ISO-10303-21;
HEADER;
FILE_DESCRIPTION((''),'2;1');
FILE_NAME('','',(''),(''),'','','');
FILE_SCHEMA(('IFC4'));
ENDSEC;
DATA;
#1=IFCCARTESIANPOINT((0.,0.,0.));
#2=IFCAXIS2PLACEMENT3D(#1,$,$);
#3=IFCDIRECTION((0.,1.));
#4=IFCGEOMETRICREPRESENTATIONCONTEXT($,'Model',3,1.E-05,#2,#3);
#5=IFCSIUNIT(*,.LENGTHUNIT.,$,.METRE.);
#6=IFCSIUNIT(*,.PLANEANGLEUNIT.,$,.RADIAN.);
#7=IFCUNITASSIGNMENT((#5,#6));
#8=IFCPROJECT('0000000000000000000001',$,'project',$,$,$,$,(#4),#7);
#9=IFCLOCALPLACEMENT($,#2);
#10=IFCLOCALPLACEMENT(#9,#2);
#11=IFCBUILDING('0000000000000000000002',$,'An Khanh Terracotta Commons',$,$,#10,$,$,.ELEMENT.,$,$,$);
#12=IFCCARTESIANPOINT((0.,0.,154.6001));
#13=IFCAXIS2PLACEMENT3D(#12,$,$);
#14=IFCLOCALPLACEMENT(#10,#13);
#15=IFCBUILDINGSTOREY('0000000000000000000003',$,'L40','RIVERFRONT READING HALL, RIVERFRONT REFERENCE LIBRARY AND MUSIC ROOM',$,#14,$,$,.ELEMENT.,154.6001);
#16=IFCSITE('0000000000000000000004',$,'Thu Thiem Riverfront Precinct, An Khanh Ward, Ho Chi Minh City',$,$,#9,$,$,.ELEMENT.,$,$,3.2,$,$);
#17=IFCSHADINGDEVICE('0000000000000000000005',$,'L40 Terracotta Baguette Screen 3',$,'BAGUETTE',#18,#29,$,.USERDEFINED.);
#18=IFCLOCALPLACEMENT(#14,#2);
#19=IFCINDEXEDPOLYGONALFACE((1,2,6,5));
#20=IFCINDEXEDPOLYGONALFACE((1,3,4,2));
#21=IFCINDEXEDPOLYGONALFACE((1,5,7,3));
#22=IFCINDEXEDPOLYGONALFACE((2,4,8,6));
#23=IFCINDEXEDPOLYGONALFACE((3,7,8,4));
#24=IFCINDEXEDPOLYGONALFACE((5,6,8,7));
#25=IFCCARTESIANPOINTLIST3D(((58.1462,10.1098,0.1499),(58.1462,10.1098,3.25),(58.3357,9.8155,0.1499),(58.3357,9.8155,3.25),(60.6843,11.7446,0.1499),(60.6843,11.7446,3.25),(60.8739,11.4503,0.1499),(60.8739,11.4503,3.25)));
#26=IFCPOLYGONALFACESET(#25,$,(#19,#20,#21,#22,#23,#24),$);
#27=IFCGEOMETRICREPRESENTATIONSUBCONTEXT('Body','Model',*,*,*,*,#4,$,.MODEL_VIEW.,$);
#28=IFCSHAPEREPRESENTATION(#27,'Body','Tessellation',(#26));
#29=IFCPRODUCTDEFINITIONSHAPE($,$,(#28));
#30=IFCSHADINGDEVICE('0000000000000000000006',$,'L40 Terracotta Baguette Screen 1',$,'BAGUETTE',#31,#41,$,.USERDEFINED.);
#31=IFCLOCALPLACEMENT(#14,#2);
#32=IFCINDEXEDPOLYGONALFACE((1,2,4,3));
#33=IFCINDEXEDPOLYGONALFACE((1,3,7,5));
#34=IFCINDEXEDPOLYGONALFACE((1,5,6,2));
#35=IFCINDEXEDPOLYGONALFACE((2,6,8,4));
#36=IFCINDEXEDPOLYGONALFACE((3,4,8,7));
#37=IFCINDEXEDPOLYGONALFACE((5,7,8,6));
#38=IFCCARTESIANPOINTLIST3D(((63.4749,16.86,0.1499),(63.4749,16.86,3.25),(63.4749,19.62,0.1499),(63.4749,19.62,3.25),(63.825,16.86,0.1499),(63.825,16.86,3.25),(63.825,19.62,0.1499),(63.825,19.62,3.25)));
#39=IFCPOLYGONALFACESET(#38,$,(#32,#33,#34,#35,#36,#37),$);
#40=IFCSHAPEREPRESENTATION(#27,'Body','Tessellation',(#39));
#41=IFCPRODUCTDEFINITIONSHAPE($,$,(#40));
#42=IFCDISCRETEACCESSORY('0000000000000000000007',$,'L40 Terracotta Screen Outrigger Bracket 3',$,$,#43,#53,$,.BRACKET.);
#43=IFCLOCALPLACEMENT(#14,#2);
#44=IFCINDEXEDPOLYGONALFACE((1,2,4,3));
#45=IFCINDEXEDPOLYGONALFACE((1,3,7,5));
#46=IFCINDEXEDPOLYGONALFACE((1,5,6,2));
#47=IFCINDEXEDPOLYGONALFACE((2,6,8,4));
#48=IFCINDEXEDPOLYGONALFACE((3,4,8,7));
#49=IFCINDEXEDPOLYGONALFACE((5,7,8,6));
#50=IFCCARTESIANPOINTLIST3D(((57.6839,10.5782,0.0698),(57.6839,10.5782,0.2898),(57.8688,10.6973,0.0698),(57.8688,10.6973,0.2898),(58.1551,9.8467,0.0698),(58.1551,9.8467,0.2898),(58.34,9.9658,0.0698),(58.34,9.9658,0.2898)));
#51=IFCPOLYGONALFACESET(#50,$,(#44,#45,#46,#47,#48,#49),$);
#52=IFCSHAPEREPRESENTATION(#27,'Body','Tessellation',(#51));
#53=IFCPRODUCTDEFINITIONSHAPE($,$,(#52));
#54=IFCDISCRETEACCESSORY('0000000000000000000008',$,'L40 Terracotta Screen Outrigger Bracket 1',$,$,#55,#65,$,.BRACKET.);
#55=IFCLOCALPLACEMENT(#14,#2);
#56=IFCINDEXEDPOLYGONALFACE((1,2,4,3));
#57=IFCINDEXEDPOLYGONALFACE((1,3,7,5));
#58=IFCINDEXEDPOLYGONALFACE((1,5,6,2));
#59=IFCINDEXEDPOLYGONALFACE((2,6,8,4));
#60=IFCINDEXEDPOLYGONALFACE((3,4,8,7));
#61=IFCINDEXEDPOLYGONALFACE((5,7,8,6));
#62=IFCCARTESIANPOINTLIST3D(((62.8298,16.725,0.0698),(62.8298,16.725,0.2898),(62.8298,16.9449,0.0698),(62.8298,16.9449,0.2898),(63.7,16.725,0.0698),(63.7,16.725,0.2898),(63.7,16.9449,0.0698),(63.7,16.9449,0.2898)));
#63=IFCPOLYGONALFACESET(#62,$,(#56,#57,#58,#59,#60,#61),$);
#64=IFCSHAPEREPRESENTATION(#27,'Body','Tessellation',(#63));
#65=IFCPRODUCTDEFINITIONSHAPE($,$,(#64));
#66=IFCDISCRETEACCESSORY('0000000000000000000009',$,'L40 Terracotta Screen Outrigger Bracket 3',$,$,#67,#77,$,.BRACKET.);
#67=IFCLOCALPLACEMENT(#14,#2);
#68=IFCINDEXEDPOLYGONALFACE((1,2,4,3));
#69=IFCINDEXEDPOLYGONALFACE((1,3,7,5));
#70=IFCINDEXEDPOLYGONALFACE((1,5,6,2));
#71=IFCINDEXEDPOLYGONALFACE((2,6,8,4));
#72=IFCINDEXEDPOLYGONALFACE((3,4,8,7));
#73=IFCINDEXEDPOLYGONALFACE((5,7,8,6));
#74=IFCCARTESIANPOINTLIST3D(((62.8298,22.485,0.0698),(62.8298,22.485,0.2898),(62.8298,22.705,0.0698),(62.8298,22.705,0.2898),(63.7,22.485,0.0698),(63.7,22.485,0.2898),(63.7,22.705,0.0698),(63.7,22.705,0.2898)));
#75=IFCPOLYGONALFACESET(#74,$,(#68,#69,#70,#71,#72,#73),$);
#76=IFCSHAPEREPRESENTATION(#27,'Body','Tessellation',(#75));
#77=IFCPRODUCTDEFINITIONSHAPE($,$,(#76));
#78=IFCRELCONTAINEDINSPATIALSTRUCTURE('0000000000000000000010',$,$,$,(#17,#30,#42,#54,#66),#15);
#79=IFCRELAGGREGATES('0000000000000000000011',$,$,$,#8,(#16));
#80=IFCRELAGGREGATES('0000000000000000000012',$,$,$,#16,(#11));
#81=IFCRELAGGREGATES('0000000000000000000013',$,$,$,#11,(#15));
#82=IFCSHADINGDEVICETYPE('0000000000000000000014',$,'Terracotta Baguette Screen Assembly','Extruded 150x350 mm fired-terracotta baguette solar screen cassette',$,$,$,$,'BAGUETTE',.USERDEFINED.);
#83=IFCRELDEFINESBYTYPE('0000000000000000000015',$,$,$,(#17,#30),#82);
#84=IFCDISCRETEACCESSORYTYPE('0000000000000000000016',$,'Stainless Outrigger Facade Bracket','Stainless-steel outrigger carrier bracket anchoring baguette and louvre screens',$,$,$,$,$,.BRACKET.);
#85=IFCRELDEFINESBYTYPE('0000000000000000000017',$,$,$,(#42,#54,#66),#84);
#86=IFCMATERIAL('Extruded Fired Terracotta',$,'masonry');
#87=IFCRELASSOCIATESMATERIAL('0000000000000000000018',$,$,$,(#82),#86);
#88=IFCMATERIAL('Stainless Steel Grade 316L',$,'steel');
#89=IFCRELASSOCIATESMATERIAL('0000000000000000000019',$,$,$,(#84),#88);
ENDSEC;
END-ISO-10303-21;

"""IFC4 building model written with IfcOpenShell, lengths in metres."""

from ifc_helpers import new_model, si_unit, direction, frame, origin, origin_2d, place, context, subcontext, project, spatial, rectangle, extrude, material, type_object, element, save


model = new_model("IFC4")

# Units and contexts
model_context = context("Model", 3, precision=1e-05, world=origin(), true_north=direction((0.0, 1.0)))
body_context = subcontext(model_context, "Body", "Model", "MODEL_VIEW")
ifc_project = project(units=[si_unit("LENGTHUNIT", "METRE"), si_unit("PLANEANGLEUNIT", "RADIAN")], contexts=[model_context])

# Site, building, storey
site_placement = place(None, origin())
site = spatial("IfcSite", under=ifc_project, at=site_placement, Name="Thu Thiem Riverfront Precinct, An Khanh Ward, Ho Chi Minh City", CompositionType="ELEMENT", RefElevation=3.2)
building_placement = place(site_placement, origin())
building = spatial("IfcBuilding", under=site, at=building_placement, Name="An Khanh Terracotta Commons", CompositionType="ELEMENT")
storey_placement = place(building_placement, frame((0.0, 0.0, 154.6001)))
storey = spatial("IfcBuildingStorey", under=building, at=storey_placement, Name="L40", Description="RIVERFRONT READING HALL, RIVERFRONT REFERENCE LIBRARY AND MUSIC ROOM", CompositionType="ELEMENT", Elevation=154.6001)

# Shading devices
ifc_material_1 = material(Name="Extruded Fired Terracotta", Category="masonry")
shading_device_type = type_object("IfcShadingDeviceType", Name="Terracotta Baguette Screen Assembly", Description="Extruded 150x350 mm fired-terracotta baguette solar screen cassette", ElementType="BAGUETTE", PredefinedType="USERDEFINED", material=ifc_material_1)
shading_device_1_placement = place(storey_placement, frame((59.51, 10.78, 0.1499), z_axis=(0.0, 0.0, 1.0), x_axis=(0.840702, 0.541498, 0.0)))
element("IfcShadingDevice", 1, at=shading_device_1_placement, inside=storey, type_object=shading_device_type, Name="L40 Terracotta Baguette Screen 3", ObjectType="BAGUETTE", PredefinedType="USERDEFINED", context=body_context, shape_type="SweptSolid", body=[
    extrude(rectangle(XDim=3.019, YDim=0.3501, at=origin_2d()), origin(), (0.0, 0.0, 1.0), 3.1001),
])
shading_device_2_placement = place(storey_placement, frame((63.6499, 18.24, 0.1499), z_axis=(0.0, 0.0, 1.0), x_axis=(0.0, 1.0, 0.0)))
element("IfcShadingDevice", 2, at=shading_device_2_placement, inside=storey, type_object=shading_device_type, Name="L40 Terracotta Baguette Screen 1", ObjectType="BAGUETTE", PredefinedType="USERDEFINED", context=body_context, shape_type="SweptSolid", body=[
    extrude(rectangle(XDim=2.76, YDim=0.3501, at=origin_2d()), origin(), (0.0, 0.0, 1.0), 3.1001),
])

# Discrete accessories
ifc_material_2 = material(Name="Stainless Steel Grade 316L", Category="steel")
discrete_accessory_type = type_object("IfcDiscreteAccessoryType", Name="Stainless Outrigger Facade Bracket", Description="Stainless-steel outrigger carrier bracket anchoring baguette and louvre screens", PredefinedType="BRACKET", material=ifc_material_2)
for number, where, z_axis, x_axis, name in (
    (3, (58.012, 10.272, 0.0698), (0.0, 0.0, 1.0), (0.840702, 0.541498, 0.0), "L40 Terracotta Screen Outrigger Bracket 3"),
    (4, (63.2649, 16.835, 0.0698), (0.0, 0.0, 1.0), (0.0, 1.0, 0.0), "L40 Terracotta Screen Outrigger Bracket 1"),
    (5, (63.2649, 22.595, 0.0698), (0.0, 0.0, 1.0), (0.0, 1.0, 0.0), "L40 Terracotta Screen Outrigger Bracket 3"),
):
    element("IfcDiscreteAccessory", number, at=place(storey_placement, frame(where, z_axis=z_axis, x_axis=x_axis)), inside=storey, type_object=discrete_accessory_type, Name=name, PredefinedType="BRACKET", context=body_context, shape_type="SweptSolid", body=[
        extrude(rectangle(XDim=0.22, YDim=0.8701, at=origin_2d()), origin(), (0.0, 0.0, 1.0), 0.22),
    ])

save(model, "model.ifc")
